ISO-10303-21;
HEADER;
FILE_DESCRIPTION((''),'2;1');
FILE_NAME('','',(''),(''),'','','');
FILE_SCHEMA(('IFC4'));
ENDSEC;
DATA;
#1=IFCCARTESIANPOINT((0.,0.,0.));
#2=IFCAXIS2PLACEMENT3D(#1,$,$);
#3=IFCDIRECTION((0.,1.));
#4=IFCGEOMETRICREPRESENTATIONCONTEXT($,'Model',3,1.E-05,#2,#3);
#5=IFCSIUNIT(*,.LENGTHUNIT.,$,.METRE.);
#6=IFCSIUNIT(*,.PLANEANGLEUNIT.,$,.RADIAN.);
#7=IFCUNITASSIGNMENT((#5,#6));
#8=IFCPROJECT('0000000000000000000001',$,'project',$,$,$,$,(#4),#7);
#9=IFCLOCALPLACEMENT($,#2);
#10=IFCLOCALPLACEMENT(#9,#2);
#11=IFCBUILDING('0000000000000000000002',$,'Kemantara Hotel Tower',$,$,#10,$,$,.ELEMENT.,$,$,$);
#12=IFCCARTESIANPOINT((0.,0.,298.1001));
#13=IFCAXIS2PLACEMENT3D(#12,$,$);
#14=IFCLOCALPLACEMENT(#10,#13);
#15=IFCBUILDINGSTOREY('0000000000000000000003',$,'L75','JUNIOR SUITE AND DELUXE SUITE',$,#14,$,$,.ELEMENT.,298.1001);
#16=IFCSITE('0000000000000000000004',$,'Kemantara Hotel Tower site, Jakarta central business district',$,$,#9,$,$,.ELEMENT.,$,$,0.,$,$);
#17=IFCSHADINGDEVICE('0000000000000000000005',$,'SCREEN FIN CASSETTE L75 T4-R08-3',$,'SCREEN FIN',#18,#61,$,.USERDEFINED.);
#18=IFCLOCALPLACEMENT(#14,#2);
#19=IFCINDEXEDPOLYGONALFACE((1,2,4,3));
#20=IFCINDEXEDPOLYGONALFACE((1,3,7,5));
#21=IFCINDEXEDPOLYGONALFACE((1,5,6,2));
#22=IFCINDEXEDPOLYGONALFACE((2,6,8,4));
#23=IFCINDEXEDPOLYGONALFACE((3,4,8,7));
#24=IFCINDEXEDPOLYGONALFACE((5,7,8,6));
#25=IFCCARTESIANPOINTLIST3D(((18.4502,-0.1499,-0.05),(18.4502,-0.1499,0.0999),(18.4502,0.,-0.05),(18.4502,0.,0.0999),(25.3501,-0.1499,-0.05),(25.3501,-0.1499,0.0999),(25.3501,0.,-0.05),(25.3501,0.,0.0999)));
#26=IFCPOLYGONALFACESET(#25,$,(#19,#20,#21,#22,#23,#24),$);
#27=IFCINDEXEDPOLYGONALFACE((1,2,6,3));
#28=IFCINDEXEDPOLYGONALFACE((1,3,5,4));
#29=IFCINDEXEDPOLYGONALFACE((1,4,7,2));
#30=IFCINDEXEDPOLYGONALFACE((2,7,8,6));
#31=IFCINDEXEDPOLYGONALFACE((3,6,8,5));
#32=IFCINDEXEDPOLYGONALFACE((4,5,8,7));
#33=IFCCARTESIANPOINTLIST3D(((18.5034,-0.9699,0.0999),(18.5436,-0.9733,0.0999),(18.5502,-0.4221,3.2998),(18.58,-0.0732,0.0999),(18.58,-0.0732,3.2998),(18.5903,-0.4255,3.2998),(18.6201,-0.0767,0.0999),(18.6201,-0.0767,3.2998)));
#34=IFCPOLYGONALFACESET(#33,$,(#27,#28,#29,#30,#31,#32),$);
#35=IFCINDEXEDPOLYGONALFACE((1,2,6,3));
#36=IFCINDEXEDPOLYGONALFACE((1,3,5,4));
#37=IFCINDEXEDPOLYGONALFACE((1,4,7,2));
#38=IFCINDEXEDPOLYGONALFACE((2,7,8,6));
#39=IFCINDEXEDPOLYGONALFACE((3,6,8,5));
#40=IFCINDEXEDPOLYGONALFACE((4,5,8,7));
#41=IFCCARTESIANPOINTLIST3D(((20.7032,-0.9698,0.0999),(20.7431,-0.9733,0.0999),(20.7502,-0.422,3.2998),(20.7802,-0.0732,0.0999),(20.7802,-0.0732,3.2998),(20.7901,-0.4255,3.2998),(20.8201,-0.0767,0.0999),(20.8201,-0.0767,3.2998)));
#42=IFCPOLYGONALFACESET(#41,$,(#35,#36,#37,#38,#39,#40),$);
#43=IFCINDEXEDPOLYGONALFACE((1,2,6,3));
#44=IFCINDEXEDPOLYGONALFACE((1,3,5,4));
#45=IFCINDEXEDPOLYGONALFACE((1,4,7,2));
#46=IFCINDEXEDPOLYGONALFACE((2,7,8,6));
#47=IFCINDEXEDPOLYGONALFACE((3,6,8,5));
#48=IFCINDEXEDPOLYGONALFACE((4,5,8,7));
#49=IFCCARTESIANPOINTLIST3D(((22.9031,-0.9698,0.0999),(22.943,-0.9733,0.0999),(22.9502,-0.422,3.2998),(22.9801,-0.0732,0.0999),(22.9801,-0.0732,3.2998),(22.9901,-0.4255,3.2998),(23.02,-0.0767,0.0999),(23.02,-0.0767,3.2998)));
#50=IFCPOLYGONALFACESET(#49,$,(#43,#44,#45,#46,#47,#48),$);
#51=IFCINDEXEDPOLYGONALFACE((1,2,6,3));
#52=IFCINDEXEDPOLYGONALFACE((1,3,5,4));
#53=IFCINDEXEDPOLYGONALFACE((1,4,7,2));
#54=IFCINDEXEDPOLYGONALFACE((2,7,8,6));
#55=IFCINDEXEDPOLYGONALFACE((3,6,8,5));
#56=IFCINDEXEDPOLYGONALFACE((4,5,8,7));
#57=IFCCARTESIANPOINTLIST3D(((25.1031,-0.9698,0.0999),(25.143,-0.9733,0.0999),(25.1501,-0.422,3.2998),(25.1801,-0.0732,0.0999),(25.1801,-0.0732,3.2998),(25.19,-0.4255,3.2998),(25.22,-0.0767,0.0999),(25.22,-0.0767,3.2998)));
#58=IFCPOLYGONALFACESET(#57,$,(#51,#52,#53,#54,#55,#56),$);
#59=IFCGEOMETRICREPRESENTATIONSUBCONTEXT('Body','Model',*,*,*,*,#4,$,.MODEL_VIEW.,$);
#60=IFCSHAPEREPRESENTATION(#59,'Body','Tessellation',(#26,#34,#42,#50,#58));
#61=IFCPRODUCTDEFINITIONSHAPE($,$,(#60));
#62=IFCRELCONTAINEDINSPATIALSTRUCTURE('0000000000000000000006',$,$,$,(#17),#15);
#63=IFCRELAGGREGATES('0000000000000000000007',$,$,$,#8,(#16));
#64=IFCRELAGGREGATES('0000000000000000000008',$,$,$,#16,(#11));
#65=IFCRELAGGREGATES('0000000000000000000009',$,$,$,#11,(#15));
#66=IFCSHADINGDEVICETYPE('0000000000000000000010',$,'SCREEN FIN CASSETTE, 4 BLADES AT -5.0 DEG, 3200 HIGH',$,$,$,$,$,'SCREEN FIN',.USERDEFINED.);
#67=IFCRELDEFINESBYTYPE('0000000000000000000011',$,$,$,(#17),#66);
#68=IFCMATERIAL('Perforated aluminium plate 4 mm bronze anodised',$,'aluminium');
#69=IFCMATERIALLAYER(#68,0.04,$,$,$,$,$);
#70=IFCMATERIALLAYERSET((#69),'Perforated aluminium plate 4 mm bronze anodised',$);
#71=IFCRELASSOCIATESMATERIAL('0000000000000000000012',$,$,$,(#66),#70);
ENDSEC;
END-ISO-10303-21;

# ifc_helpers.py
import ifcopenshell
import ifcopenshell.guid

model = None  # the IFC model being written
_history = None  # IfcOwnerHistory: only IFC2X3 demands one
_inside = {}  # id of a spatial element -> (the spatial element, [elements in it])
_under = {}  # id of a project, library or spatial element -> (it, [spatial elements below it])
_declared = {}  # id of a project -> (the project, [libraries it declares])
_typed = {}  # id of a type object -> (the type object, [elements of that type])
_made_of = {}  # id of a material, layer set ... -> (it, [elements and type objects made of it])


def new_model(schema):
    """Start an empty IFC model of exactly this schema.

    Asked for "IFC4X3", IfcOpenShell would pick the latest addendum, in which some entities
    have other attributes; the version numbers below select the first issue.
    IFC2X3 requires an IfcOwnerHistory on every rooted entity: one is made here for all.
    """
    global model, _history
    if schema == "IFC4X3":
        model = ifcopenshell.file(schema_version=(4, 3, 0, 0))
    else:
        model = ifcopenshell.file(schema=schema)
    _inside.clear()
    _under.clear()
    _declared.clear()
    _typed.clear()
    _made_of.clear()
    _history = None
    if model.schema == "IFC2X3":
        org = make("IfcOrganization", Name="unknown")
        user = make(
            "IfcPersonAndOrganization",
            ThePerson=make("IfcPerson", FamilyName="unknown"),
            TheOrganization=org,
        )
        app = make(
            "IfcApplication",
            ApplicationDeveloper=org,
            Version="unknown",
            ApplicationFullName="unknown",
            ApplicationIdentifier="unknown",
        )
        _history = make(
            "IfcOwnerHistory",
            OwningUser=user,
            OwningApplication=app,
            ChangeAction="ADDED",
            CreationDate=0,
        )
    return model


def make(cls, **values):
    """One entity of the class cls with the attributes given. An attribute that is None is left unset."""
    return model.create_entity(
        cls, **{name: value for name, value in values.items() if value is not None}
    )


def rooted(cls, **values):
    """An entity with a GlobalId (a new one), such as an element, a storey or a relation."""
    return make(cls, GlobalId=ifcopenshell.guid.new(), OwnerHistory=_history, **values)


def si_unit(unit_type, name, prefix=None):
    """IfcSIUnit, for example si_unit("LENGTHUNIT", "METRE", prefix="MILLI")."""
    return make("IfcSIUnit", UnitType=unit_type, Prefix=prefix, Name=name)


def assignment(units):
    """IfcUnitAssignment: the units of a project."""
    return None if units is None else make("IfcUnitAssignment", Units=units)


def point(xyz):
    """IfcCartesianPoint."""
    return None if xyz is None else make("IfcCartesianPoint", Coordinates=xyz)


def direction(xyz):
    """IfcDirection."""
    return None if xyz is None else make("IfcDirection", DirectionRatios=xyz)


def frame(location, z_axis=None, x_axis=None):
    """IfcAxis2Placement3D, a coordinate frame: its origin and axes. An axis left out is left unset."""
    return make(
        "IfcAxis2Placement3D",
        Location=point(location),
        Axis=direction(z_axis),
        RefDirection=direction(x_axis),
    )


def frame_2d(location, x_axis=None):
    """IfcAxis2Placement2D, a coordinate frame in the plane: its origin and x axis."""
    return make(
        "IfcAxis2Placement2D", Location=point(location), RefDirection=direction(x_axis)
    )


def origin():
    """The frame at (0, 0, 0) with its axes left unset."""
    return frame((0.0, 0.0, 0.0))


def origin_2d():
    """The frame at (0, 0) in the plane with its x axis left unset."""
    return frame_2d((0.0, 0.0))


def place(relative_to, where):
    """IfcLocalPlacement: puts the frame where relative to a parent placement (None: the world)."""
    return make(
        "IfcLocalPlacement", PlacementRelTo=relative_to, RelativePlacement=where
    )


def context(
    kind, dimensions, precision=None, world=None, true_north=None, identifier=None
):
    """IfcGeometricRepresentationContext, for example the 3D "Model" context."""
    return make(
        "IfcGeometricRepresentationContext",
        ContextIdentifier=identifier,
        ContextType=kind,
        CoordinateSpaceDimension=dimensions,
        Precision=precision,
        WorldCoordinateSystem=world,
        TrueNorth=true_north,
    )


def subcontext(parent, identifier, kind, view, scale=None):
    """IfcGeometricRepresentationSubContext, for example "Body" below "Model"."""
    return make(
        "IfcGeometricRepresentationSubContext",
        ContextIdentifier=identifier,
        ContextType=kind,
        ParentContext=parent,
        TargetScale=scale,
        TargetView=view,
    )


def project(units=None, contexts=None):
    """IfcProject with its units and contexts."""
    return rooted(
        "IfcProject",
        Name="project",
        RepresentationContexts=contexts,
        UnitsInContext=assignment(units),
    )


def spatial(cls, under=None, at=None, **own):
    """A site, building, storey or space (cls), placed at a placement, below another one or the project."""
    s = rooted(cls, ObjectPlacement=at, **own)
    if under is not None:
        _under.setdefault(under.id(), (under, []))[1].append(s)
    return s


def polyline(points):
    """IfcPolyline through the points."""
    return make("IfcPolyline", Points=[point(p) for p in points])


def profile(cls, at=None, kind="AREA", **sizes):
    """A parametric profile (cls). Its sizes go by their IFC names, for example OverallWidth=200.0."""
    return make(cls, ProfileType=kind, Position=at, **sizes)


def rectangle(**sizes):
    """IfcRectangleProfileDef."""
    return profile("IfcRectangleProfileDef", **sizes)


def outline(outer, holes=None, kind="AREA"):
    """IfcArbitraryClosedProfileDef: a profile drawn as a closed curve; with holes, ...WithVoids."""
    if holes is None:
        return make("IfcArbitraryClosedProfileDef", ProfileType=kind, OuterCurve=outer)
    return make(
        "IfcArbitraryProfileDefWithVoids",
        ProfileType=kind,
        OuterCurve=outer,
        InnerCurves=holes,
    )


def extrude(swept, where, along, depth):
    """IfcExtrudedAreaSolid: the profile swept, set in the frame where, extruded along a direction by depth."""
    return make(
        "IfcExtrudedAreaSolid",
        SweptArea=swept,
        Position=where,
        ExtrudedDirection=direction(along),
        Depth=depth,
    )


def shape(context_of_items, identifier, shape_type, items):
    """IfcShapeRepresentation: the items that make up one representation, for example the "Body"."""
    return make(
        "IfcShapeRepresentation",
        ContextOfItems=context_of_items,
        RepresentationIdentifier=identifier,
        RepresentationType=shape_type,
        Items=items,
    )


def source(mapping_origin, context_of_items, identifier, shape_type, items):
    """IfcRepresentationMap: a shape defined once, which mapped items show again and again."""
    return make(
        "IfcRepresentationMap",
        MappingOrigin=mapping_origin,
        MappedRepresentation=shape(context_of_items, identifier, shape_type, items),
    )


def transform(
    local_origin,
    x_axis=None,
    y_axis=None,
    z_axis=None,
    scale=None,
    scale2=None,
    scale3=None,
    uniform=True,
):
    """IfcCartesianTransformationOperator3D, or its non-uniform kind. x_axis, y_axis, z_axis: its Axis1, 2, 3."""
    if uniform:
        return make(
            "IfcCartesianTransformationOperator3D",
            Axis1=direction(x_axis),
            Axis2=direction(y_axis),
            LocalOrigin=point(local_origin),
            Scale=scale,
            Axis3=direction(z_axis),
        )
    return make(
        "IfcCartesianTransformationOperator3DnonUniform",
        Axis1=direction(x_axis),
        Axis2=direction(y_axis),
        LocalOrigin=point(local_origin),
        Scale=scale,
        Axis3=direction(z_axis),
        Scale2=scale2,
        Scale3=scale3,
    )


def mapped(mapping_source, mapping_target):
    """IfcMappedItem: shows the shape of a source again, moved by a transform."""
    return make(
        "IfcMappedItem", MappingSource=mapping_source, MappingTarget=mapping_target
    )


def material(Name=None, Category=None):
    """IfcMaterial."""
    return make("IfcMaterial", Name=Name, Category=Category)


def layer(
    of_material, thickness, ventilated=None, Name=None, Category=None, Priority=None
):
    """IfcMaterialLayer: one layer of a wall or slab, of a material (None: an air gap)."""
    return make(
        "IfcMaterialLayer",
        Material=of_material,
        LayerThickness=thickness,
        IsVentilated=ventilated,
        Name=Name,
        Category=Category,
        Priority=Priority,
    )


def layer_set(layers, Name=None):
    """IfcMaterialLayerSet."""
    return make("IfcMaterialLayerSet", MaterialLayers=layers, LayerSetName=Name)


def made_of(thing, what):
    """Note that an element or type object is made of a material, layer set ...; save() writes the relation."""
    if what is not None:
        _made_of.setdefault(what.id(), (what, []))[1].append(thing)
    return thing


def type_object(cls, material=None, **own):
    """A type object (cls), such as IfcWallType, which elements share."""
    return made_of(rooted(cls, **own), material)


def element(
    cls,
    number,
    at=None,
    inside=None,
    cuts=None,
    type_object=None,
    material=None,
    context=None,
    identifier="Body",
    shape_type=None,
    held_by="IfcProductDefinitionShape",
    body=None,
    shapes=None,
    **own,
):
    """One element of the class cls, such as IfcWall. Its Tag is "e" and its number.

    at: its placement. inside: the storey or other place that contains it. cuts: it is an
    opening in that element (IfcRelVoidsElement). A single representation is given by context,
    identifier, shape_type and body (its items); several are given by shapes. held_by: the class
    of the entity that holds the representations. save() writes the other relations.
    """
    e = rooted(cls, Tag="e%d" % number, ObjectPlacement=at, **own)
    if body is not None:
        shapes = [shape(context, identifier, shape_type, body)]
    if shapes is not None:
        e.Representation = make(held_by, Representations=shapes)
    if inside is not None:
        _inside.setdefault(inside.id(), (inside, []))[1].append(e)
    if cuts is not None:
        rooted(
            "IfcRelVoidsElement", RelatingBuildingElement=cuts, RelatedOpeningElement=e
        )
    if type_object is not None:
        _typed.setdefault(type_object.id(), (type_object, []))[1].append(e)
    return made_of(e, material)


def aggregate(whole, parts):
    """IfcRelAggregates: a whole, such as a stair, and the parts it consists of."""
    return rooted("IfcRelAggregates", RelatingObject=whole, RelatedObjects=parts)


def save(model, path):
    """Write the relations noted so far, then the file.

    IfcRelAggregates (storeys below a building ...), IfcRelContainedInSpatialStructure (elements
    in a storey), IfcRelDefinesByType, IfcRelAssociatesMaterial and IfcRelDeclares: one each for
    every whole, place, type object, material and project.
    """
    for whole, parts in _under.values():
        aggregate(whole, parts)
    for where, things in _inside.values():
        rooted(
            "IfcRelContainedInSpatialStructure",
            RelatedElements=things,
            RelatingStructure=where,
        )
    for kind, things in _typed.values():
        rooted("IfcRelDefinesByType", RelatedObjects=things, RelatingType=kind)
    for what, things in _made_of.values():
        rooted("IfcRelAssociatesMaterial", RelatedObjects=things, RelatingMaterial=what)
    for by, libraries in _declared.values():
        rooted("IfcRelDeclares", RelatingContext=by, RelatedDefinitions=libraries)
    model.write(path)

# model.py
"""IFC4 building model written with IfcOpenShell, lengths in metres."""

from ifc_helpers import new_model, si_unit, direction, frame, origin, origin_2d, place, context, subcontext, project, spatial, polyline, rectangle, outline, extrude, source, transform, mapped, material, layer, layer_set, type_object, element, save


model = new_model("IFC4")

# Units and contexts
model_context = context("Model", 3, precision=1e-05, world=origin(), true_north=direction((0.0, 1.0)))
body_context = subcontext(model_context, "Body", "Model", "MODEL_VIEW")
ifc_project = project(units=[si_unit("LENGTHUNIT", "METRE"), si_unit("PLANEANGLEUNIT", "RADIAN")], contexts=[model_context])

# Site, building, storey
site_placement = place(None, origin())
site = spatial("IfcSite", under=ifc_project, at=site_placement, Name="Kemantara Hotel Tower site, Jakarta central business district", CompositionType="ELEMENT", RefElevation=0.0)
building_placement = place(site_placement, origin())
building = spatial("IfcBuilding", under=site, at=building_placement, Name="Kemantara Hotel Tower", CompositionType="ELEMENT")
storey_placement = place(building_placement, frame((0.0, 0.0, 298.1001)))
storey = spatial("IfcBuildingStorey", under=building, at=storey_placement, Name="L75", Description="JUNIOR SUITE AND DELUXE SUITE", CompositionType="ELEMENT", Elevation=298.1001)

# Shading device
ifc_material_1 = material(Name="Perforated aluminium plate 4 mm bronze anodised", Category="aluminium")
ifc_layer_1 = layer(ifc_material_1, 0.04)
ifc_layer_set_1 = layer_set([ifc_layer_1], Name="Perforated aluminium plate 4 mm bronze anodised")
shading_device_type = type_object("IfcShadingDeviceType", Name="SCREEN FIN CASSETTE, 4 BLADES AT -5.0 DEG, 3200 HIGH", ElementType="SCREEN FIN", PredefinedType="USERDEFINED", material=ifc_layer_set_1)
shared_shape = source(origin(), body_context, "Body", "SweptSolid", [
    extrude(rectangle(XDim=6.8999, YDim=0.1499, at=origin_2d()), frame((3.3, -0.075, -0.1499), z_axis=(0.0, 0.0, 1.0), x_axis=(1.0, 0.0, 0.0)), (0.0, 0.0, 1.0), 0.1499),
    extrude(outline(polyline([(0.0, 0.0), (0.8999, 0.0), (0.3501, 3.2), (0.0, 3.2), (0.0, 0.0)])), frame((0.02, -0.0767, 0.0), z_axis=(-0.996376, 0.085056, 0.0), x_axis=(-0.085056, -0.996376, 0.0)), (0.0, 0.0, 1.0), 0.0403),
    extrude(outline(polyline([(0.0, 0.0), (0.8999, 0.0), (0.3501, 3.2), (0.0, 3.2), (0.0, 0.0)])), frame((2.22, -0.0767, 0.0), z_axis=(-0.996332, 0.085575, 0.0), x_axis=(-0.085575, -0.996332, 0.0)), (0.0, 0.0, 1.0), 0.04),
    extrude(outline(polyline([(0.0, 0.0), (0.8999, 0.0), (0.3501, 3.2), (0.0, 3.2), (0.0, 0.0)])), frame((4.4199, -0.0767, 0.0), z_axis=(-0.996332, 0.085575, 0.0), x_axis=(-0.085575, -0.996332, 0.0)), (0.0, 0.0, 1.0), 0.04),
    extrude(outline(polyline([(0.0, 0.0), (0.8999, 0.0), (0.3501, 3.2), (0.0, 3.2), (0.0, 0.0)])), frame((6.6199, -0.0767, 0.0), z_axis=(-0.996332, 0.085575, 0.0), x_axis=(-0.085575, -0.996332, 0.0)), (0.0, 0.0, 1.0), 0.04),
])
shading_device_placement = place(storey_placement, frame((18.6001, 0.0, 0.0999), z_axis=(0.0, 0.0, 1.0), x_axis=(1.0, 0.0, 0.0)))
element("IfcShadingDevice", 1, at=shading_device_placement, inside=storey, type_object=shading_device_type, Name="SCREEN FIN CASSETTE L75 T4-R08-3", ObjectType="SCREEN FIN", PredefinedType="USERDEFINED", context=body_context, shape_type="MappedRepresentation", body=[
    mapped(shared_shape, transform((0.0, 0.0, 0.0))),
])

save(model, "model.ifc")
